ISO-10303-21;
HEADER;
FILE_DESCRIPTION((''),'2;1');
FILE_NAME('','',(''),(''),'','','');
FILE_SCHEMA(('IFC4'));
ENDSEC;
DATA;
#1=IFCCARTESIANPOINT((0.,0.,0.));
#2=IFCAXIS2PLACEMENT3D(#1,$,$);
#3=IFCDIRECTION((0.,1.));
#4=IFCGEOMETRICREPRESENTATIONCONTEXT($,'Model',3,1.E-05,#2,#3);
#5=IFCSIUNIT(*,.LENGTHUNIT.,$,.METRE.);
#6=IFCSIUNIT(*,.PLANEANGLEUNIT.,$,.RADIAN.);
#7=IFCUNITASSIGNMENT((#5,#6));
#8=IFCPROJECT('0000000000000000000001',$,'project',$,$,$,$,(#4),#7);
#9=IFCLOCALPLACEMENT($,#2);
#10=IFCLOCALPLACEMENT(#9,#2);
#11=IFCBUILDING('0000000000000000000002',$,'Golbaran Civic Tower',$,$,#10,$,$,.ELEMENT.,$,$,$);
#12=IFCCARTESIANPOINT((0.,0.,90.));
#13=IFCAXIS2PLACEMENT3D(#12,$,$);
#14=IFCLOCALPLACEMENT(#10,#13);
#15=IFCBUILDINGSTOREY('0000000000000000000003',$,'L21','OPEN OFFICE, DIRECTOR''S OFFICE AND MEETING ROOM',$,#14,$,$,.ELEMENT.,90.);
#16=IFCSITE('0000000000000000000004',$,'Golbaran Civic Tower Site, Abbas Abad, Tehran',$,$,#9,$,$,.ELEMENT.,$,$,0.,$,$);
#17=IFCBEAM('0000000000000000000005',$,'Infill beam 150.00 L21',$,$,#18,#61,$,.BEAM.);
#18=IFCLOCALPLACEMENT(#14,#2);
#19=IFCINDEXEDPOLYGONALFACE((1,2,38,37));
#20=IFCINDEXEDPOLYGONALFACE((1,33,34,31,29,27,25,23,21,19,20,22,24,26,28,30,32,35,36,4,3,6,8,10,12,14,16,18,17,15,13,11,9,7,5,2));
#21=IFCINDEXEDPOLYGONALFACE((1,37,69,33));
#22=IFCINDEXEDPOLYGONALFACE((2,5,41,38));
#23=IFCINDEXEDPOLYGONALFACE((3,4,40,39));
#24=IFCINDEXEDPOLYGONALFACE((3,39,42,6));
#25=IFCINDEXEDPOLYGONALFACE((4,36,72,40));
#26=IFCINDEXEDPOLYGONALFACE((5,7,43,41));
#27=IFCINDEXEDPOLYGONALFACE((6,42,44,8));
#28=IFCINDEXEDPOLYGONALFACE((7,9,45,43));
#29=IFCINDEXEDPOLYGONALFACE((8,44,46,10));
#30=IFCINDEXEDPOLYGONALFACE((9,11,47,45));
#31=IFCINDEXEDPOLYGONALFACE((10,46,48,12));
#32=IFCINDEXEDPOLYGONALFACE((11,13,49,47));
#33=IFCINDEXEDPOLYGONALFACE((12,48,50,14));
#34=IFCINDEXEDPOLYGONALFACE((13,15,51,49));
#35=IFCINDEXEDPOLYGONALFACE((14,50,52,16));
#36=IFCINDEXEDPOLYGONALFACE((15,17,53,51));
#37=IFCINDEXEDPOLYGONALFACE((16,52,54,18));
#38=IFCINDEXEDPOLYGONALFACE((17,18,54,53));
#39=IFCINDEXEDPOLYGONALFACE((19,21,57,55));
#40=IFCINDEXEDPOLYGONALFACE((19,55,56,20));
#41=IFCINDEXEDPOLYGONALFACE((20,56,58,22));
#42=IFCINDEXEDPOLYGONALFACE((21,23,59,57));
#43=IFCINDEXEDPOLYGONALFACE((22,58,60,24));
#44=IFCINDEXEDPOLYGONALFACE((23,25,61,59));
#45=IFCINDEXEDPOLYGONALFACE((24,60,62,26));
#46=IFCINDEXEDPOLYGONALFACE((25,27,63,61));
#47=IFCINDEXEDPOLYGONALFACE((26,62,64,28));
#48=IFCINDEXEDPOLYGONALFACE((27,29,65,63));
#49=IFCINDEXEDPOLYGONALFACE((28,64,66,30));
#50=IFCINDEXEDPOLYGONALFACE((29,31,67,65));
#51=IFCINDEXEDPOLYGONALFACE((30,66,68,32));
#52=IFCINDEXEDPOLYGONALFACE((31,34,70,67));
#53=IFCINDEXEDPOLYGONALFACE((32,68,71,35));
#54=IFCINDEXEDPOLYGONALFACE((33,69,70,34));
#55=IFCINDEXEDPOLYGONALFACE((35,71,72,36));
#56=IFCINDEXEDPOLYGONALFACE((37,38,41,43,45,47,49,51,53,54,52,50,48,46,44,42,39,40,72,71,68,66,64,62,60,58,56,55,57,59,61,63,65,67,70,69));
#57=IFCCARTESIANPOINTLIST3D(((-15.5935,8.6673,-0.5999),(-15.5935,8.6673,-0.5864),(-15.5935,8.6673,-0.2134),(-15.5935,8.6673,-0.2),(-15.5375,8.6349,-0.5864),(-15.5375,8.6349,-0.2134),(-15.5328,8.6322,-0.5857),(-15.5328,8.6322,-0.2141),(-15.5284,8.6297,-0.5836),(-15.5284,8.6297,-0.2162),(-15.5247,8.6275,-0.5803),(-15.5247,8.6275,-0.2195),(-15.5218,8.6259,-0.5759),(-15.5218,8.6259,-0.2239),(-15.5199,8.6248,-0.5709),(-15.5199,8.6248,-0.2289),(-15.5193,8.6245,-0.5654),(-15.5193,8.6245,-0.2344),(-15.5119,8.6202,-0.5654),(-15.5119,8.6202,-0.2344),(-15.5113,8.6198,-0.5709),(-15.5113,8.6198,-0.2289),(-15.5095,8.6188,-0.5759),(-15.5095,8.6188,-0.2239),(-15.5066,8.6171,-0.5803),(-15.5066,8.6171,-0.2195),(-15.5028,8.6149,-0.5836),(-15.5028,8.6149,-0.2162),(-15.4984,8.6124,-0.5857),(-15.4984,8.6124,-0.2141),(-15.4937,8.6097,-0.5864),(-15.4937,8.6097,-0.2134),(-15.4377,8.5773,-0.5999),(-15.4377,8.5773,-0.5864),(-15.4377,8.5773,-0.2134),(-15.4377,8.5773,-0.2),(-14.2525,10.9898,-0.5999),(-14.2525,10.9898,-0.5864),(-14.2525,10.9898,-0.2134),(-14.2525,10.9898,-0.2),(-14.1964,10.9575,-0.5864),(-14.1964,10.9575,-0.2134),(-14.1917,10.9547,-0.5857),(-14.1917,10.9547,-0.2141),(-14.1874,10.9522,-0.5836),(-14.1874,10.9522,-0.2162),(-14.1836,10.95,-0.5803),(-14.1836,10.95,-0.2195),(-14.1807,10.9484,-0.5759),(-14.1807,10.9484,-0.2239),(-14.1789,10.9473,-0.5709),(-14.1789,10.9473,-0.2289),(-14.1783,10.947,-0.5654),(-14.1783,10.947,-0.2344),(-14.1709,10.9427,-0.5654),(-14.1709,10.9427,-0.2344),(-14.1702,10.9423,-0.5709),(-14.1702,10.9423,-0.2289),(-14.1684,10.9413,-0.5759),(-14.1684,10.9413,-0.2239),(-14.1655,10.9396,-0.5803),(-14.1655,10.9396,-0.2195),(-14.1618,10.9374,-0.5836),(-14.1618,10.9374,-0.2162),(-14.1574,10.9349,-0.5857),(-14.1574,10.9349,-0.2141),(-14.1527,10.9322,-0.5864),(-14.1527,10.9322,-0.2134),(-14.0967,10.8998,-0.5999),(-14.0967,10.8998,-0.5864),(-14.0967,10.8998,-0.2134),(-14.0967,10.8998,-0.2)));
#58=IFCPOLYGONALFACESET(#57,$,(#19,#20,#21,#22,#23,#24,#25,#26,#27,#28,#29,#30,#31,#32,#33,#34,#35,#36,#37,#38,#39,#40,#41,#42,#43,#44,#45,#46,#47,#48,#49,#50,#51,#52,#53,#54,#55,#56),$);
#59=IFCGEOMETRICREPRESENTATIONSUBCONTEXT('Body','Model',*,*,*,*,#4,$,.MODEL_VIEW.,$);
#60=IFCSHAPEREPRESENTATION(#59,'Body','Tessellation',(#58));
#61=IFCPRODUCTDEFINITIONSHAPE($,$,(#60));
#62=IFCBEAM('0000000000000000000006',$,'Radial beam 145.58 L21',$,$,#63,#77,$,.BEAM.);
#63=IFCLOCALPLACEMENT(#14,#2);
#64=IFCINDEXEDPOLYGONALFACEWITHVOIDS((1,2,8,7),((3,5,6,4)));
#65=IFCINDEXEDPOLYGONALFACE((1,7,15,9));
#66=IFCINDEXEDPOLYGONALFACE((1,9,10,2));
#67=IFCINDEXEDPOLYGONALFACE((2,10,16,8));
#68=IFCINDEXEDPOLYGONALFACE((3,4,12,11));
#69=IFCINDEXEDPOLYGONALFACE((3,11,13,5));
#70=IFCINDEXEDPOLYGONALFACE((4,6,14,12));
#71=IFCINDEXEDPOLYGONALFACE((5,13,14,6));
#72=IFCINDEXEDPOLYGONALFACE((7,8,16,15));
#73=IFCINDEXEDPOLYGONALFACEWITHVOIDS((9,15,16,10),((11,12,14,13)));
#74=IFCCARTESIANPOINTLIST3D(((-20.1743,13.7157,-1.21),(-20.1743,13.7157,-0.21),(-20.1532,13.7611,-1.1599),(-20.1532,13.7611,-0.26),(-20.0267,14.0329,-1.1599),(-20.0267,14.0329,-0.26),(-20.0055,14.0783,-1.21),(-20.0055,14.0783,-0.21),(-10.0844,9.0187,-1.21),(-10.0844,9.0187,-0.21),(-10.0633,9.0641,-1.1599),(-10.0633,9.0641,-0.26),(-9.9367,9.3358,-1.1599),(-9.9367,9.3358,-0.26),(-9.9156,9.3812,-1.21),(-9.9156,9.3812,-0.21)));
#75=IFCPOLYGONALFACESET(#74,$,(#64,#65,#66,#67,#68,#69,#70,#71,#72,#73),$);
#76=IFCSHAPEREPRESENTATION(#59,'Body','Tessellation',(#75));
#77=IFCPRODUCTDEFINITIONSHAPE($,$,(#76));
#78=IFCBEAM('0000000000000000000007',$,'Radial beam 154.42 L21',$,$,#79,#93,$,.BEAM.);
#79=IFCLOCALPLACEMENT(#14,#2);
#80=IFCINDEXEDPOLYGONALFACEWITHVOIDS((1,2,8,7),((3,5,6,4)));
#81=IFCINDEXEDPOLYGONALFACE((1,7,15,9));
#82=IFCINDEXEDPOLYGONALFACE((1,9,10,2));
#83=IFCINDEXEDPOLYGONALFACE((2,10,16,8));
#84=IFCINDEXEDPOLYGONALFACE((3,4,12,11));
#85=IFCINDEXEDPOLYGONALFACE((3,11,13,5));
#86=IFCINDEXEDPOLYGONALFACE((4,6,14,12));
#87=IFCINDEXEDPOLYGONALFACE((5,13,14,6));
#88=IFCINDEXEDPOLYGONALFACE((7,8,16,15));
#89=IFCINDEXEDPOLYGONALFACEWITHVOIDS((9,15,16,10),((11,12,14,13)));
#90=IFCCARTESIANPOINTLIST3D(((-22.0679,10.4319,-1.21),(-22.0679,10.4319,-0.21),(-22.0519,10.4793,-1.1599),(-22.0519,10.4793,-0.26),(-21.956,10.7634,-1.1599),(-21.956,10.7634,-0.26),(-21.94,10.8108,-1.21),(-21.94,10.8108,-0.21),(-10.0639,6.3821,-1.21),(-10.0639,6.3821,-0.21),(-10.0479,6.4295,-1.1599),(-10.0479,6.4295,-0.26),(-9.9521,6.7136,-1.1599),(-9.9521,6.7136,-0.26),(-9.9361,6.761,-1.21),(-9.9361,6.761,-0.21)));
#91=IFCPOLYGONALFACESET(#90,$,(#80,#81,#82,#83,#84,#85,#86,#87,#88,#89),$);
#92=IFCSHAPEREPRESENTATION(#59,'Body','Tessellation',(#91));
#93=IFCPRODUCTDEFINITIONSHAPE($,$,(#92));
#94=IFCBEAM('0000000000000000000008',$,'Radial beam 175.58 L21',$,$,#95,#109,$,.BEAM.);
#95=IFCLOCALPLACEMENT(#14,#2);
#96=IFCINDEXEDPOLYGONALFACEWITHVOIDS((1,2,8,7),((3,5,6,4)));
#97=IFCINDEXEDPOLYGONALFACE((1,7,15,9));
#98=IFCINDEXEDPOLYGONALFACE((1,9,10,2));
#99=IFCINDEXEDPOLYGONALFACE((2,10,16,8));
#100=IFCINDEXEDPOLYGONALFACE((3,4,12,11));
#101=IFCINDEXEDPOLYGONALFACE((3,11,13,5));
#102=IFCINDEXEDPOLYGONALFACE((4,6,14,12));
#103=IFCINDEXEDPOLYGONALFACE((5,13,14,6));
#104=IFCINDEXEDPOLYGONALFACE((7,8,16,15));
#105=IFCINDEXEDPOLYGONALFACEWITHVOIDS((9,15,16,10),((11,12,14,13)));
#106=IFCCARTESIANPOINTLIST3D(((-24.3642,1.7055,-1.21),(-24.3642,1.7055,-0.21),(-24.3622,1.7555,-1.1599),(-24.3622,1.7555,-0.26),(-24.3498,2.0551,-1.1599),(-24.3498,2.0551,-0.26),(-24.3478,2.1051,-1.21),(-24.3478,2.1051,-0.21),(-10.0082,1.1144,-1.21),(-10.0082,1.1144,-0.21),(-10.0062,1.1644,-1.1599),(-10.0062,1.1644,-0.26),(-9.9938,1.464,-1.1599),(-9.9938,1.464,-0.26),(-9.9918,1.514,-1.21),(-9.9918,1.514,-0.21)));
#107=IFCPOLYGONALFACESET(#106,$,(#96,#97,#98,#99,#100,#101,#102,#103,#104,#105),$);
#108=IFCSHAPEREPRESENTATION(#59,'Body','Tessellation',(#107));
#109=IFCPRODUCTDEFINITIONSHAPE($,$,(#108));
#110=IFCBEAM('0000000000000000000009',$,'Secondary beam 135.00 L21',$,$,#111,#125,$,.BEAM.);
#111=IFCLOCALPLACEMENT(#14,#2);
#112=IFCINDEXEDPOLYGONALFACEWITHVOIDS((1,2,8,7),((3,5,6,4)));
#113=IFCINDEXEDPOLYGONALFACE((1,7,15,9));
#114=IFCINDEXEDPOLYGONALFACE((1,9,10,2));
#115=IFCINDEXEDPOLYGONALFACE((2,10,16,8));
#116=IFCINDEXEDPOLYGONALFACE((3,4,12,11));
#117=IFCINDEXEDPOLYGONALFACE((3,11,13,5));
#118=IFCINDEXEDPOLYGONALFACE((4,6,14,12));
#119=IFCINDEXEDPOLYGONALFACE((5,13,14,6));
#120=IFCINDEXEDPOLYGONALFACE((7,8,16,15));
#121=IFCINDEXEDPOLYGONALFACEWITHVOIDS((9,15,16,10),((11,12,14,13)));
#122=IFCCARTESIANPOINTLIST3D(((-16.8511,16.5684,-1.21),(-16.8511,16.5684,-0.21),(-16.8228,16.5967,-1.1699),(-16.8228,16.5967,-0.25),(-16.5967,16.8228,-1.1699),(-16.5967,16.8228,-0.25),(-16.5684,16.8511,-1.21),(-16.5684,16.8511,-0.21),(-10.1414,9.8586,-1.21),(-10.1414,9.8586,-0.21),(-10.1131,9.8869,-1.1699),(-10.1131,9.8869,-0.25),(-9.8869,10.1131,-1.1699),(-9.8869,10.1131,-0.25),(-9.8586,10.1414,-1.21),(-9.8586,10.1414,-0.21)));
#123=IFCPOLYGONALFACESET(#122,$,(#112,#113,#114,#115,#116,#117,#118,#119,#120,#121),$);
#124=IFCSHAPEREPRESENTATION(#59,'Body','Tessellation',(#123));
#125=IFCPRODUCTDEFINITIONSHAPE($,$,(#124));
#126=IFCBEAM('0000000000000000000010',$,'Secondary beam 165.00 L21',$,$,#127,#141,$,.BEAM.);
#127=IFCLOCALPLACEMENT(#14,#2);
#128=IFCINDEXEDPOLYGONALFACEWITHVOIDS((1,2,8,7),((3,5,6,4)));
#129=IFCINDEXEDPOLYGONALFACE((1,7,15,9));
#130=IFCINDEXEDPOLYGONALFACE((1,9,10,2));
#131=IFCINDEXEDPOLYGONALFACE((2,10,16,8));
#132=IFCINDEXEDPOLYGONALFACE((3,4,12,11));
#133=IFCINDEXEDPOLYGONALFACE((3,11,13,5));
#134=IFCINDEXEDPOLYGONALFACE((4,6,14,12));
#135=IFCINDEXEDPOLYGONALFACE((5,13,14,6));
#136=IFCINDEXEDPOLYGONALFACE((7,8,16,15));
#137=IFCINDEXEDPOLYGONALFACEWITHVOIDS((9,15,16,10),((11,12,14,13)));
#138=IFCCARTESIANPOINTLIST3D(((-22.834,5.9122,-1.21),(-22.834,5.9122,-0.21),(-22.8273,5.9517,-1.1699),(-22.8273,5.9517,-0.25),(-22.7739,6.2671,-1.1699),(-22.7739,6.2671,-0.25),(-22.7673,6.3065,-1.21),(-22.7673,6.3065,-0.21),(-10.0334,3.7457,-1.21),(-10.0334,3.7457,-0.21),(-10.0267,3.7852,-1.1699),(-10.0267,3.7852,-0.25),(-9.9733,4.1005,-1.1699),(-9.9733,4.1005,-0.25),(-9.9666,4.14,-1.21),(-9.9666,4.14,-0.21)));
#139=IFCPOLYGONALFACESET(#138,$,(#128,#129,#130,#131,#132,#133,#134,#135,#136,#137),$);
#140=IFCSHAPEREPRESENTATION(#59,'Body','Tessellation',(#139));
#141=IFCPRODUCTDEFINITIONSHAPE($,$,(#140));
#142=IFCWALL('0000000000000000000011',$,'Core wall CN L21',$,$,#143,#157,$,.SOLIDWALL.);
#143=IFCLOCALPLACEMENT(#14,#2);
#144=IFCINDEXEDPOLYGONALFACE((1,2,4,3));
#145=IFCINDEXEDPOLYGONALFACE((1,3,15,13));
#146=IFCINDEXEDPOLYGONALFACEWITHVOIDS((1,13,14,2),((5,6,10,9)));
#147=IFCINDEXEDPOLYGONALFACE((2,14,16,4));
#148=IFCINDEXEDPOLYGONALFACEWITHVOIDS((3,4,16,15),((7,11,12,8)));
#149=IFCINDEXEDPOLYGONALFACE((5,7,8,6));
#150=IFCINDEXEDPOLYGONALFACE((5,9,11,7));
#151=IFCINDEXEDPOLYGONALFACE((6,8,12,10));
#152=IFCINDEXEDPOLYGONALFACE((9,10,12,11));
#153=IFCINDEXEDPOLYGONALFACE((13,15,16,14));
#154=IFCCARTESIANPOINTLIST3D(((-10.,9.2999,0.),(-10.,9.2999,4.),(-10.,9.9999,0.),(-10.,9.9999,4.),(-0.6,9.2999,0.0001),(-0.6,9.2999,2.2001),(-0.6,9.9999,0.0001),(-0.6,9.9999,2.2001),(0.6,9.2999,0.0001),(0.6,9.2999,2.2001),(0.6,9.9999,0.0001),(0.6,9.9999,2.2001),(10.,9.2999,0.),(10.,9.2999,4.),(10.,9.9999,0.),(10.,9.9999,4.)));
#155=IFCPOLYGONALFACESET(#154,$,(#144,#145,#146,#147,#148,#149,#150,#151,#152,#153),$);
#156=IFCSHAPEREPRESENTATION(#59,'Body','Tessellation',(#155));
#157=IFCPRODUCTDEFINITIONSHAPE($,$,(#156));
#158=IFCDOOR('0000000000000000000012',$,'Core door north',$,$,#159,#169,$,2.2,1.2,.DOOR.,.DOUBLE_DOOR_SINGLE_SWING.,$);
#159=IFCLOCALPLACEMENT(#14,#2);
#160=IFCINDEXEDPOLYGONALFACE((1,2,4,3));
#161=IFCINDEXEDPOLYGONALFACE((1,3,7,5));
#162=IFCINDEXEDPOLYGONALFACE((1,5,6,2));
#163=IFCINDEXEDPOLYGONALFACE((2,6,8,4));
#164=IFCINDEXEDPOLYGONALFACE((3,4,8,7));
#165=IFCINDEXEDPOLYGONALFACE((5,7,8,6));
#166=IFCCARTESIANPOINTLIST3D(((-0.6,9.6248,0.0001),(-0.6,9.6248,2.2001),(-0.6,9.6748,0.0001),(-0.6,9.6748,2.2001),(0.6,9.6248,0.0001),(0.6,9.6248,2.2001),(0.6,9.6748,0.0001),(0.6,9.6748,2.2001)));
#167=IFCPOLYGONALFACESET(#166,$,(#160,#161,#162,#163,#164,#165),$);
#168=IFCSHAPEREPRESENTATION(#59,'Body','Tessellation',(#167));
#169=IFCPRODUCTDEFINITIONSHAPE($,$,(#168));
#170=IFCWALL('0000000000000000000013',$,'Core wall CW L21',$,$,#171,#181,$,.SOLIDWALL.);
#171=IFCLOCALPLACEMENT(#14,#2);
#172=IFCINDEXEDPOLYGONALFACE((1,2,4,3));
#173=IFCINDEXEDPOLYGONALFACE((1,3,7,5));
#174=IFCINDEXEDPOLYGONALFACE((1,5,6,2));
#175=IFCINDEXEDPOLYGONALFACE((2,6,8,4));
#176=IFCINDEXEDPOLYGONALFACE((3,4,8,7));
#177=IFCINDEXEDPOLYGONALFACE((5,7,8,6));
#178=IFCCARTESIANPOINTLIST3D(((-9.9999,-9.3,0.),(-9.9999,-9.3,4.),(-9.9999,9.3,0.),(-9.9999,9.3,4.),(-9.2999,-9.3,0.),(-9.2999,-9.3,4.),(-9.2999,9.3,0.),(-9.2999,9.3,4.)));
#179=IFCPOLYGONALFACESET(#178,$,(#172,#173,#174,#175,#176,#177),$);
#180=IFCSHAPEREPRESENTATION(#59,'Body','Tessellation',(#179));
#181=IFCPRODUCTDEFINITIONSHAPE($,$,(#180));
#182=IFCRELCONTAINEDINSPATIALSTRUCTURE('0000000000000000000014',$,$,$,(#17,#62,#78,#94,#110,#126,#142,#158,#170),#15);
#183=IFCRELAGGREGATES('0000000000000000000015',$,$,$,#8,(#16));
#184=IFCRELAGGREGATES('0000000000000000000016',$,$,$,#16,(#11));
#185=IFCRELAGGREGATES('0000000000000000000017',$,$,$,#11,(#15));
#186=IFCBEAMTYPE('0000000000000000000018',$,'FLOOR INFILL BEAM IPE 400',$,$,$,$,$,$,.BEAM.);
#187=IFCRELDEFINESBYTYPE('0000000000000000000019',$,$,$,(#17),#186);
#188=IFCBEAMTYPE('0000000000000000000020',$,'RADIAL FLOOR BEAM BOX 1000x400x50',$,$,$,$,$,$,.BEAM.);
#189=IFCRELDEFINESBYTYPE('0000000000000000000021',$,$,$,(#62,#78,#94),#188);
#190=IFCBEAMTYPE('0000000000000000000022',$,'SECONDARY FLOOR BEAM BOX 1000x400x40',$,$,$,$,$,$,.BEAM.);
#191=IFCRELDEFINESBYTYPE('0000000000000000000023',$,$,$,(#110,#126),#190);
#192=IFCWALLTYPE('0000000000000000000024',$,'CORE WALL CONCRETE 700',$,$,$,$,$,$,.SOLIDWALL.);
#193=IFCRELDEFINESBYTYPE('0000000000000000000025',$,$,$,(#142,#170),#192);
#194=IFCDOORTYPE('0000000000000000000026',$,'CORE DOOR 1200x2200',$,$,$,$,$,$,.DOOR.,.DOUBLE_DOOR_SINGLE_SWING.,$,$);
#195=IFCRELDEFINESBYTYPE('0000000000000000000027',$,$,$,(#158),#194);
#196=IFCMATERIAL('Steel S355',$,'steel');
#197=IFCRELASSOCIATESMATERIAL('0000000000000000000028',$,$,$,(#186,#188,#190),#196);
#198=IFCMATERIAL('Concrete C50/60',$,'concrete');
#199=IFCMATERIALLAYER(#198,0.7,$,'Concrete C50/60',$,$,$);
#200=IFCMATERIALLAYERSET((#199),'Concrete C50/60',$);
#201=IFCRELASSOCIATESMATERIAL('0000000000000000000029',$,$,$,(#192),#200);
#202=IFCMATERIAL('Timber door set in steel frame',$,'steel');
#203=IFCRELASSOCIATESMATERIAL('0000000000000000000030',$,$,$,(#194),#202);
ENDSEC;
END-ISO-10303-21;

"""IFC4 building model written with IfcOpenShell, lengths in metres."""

from ifc_helpers import new_model, si_unit, direction, frame, frame_2d, origin, origin_2d, place, context, subcontext, project, spatial, rectangle, hollow_rectangle, i_section, extrude, material, layer, layer_set, material_profile, profile_set, type_object, element, fill, save


model = new_model("IFC4")

# Units and contexts
model_context = context("Model", 3, precision=1e-05, world=origin(), true_north=direction((0.0, 1.0)))
body_context = subcontext(model_context, "Body", "Model", "MODEL_VIEW")
ifc_project = project(units=[si_unit("LENGTHUNIT", "METRE"), si_unit("PLANEANGLEUNIT", "RADIAN")], contexts=[model_context])

# Site, building, storey
site_placement = place(None, origin())
site = spatial("IfcSite", under=ifc_project, at=site_placement, Name="Golbaran Civic Tower Site, Abbas Abad, Tehran", CompositionType="ELEMENT", RefElevation=0.0)
building_placement = place(site_placement, origin())
building = spatial("IfcBuilding", under=site, at=building_placement, Name="Golbaran Civic Tower", CompositionType="ELEMENT")
storey_placement = place(building_placement, frame((0.0, 0.0, 90.0)))
storey = spatial("IfcBuildingStorey", under=building, at=storey_placement, Name="L21", Description="OPEN OFFICE, DIRECTOR'S OFFICE AND MEETING ROOM", CompositionType="ELEMENT", Elevation=90.0)

# Beams
ifc_material_1 = material(Name="Steel S355", Category="steel")
ifc_material_profile_1 = material_profile(ifc_material_1, i_section(OverallWidth=0.1799, OverallDepth=0.3999, WebThickness=0.0085, FlangeThickness=0.0134, FilletRadius=0.021, at=origin_2d()), Name="IPE 400")
ifc_profile_set_1 = profile_set([ifc_material_profile_1], Name="Steel S355")
beam_type_1 = type_object("IfcBeamType", Name="FLOOR INFILL BEAM IPE 400", PredefinedType="BEAM", material=ifc_profile_set_1)
beam_1_placement = place(storey_placement, frame((-14.1746, 10.9448, -0.3999), z_axis=(-0.500046, -0.865999, 0.0), x_axis=(0.865999, -0.500046, 0.0)))
element("IfcBeam", 1, at=beam_1_placement, inside=storey, type_object=beam_type_1, Name="Infill beam 150.00 L21", PredefinedType="BEAM", context=body_context, shape_type="SweptSolid", body=[
    extrude(i_section(OverallWidth=0.1799, OverallDepth=0.3999, WebThickness=0.0085, FlangeThickness=0.0134, FilletRadius=0.021, at=origin_2d()), origin(), (0.0, 0.0, 1.0), 2.6819),
])
ifc_material_profile_2 = material_profile(ifc_material_1, hollow_rectangle(XDim=0.3999, YDim=1.0, WallThickness=0.05, at=origin_2d()), Name="BOX 1000x400x50")
ifc_profile_set_2 = profile_set([ifc_material_profile_2], Name="Steel S355")
beam_type_2 = type_object("IfcBeamType", Name="RADIAL FLOOR BEAM BOX 1000x400x50", PredefinedType="BEAM", material=ifc_profile_set_2)
beam_2_placement = place(storey_placement, frame((-10.0, 9.2, -0.71), z_axis=(-0.906581, 0.422031, 0.0), x_axis=(-0.422031, -0.906581, 0.0)))
element("IfcBeam", 2, at=beam_2_placement, inside=storey, type_object=beam_type_2, Name="Radial beam 145.58 L21", PredefinedType="BEAM", context=body_context, shape_type="SweptSolid", body=[
    extrude(hollow_rectangle(XDim=0.3999, YDim=1.0, WallThickness=0.05, at=origin_2d()), origin(), (0.0, 0.0, 1.0), 11.1296),
])
beam_3_placement = place(storey_placement, frame((-10.0, 6.5715, -0.71), z_axis=(-0.947528, 0.319671, 0.0), x_axis=(-0.319671, -0.947528, 0.0)))
element("IfcBeam", 3, at=beam_3_placement, inside=storey, type_object=beam_type_2, Name="Radial beam 154.42 L21", PredefinedType="BEAM", context=body_context, shape_type="SweptSolid", body=[
    extrude(hollow_rectangle(XDim=0.3999, YDim=1.0, WallThickness=0.05, at=origin_2d()), origin(), (0.0, 0.0, 1.0), 12.6687),
])
beam_4_placement = place(storey_placement, frame((-10.0, 1.3142, -0.71), z_axis=(-0.999154, 0.041137, 0.0), x_axis=(-0.041137, -0.999154, 0.0)))
element("IfcBeam", 4, at=beam_4_placement, inside=storey, type_object=beam_type_2, Name="Radial beam 175.58 L21", PredefinedType="BEAM", context=body_context, shape_type="SweptSolid", body=[
    extrude(hollow_rectangle(XDim=0.3999, YDim=1.0, WallThickness=0.05, at=origin_2d()), origin(), (0.0, 0.0, 1.0), 14.3682),
])
ifc_material_profile_3 = material_profile(ifc_material_1, hollow_rectangle(XDim=0.3999, YDim=1.0, WallThickness=0.04, at=origin_2d()), Name="BOX 1000x400x40")
ifc_profile_set_3 = profile_set([ifc_material_profile_3], Name="Steel S355")
beam_type_3 = type_object("IfcBeamType", Name="SECONDARY FLOOR BEAM BOX 1000x400x40", PredefinedType="BEAM", material=ifc_profile_set_3)
beam_5_placement = place(storey_placement, frame((-10.0, 10.0, -0.71), z_axis=(-0.707107, 0.707107, 0.0), x_axis=(-0.707107, -0.707107, 0.0)))
element("IfcBeam", 5, at=beam_5_placement, inside=storey, type_object=beam_type_3, Name="Secondary beam 135.00 L21", PredefinedType="BEAM", context=body_context, shape_type="SweptSolid", body=[
    extrude(hollow_rectangle(XDim=0.3999, YDim=1.0, WallThickness=0.04, at=origin_2d()), origin(), (0.0, 0.0, 1.0), 9.489),
])
beam_6_placement = place(storey_placement, frame((-10.0, 3.9429, -0.71), z_axis=(-0.985978, 0.166878, 0.0), x_axis=(-0.166878, -0.985978, 0.0)))
element("IfcBeam", 6, at=beam_6_placement, inside=storey, type_object=beam_type_3, Name="Secondary beam 165.00 L21", PredefinedType="BEAM", context=body_context, shape_type="SweptSolid", body=[
    extrude(hollow_rectangle(XDim=0.3999, YDim=1.0, WallThickness=0.04, at=origin_2d()), origin(), (0.0, 0.0, 1.0), 12.9827),
])

# Wall, opening, door
ifc_material_2 = material(Name="Concrete C50/60", Category="concrete")
ifc_layer_1 = layer(ifc_material_2, 0.7, Name="Concrete C50/60")
ifc_layer_set_1 = layer_set([ifc_layer_1], Name="Concrete C50/60")
wall_type_1 = type_object("IfcWallType", Name="CORE WALL CONCRETE 700", PredefinedType="SOLIDWALL", material=ifc_layer_set_1)
wall_1_placement = place(storey_placement, frame((-10.0, 9.6499, 0.0), z_axis=(0.0, 0.0, 1.0), x_axis=(1.0, 0.0, 0.0)))
wall_1 = element("IfcWall", 7, at=wall_1_placement, inside=storey, type_object=wall_type_1, Name="Core wall CN L21", PredefinedType="SOLIDWALL", context=body_context, shape_type="SweptSolid", body=[
    extrude(rectangle(XDim=20.0, YDim=0.7, at=frame_2d((10.0, 0.0))), origin(), (0.0, 0.0, 1.0), 4.0),
])
opening_1_placement = place(wall_1_placement, frame((9.3999, 0.0, 0.0)))
opening_1 = element("IfcOpeningElement", 8, at=opening_1_placement, cuts=wall_1, PredefinedType="OPENING", context=body_context, shape_type="SweptSolid", body=[
    extrude(rectangle(XDim=1.2, YDim=2.2, at=frame_2d((0.6001, 1.1001))), frame((0.0, 0.3599, 0.0), z_axis=(0.0, -1.0, 0.0), x_axis=(1.0, 0.0, 0.0)), (0.0, 0.0, 1.0), 0.72),
])
ifc_material_3 = material(Name="Timber door set in steel frame", Category="steel")
door_type_1 = type_object("IfcDoorType", Name="CORE DOOR 1200x2200", OperationType="DOUBLE_DOOR_SINGLE_SWING", PredefinedType="DOOR", material=ifc_material_3)
door_1_placement = place(opening_1_placement, origin())
door_1 = element("IfcDoor", 9, at=door_1_placement, inside=storey, type_object=door_type_1, Name="Core door north", OperationType="DOUBLE_DOOR_SINGLE_SWING", OverallHeight=2.2, OverallWidth=1.2, PredefinedType="DOOR", context=body_context, shape_type="SweptSolid", body=[
    extrude(rectangle(XDim=1.2, YDim=2.2, at=frame_2d((0.6001, 1.1001))), frame((0.0, 0.0249, 0.0), z_axis=(0.0, -1.0, 0.0), x_axis=(1.0, 0.0, 0.0)), (0.0, 0.0, 1.0), 0.05),
])
fill(opening_1, door_1)

# Wall
wall_2_placement = place(storey_placement, frame((-9.6499, 9.3, 0.0), z_axis=(0.0, 0.0, 1.0), x_axis=(0.0, -1.0, 0.0)))
element("IfcWall", 10, at=wall_2_placement, inside=storey, type_object=wall_type_1, Name="Core wall CW L21", PredefinedType="SOLIDWALL", context=body_context, shape_type="SweptSolid", body=[
    extrude(rectangle(XDim=18.6001, YDim=0.7, at=frame_2d((9.3, 0.0))), origin(), (0.0, 0.0, 1.0), 4.0),
])

save(model, "model.ifc")
